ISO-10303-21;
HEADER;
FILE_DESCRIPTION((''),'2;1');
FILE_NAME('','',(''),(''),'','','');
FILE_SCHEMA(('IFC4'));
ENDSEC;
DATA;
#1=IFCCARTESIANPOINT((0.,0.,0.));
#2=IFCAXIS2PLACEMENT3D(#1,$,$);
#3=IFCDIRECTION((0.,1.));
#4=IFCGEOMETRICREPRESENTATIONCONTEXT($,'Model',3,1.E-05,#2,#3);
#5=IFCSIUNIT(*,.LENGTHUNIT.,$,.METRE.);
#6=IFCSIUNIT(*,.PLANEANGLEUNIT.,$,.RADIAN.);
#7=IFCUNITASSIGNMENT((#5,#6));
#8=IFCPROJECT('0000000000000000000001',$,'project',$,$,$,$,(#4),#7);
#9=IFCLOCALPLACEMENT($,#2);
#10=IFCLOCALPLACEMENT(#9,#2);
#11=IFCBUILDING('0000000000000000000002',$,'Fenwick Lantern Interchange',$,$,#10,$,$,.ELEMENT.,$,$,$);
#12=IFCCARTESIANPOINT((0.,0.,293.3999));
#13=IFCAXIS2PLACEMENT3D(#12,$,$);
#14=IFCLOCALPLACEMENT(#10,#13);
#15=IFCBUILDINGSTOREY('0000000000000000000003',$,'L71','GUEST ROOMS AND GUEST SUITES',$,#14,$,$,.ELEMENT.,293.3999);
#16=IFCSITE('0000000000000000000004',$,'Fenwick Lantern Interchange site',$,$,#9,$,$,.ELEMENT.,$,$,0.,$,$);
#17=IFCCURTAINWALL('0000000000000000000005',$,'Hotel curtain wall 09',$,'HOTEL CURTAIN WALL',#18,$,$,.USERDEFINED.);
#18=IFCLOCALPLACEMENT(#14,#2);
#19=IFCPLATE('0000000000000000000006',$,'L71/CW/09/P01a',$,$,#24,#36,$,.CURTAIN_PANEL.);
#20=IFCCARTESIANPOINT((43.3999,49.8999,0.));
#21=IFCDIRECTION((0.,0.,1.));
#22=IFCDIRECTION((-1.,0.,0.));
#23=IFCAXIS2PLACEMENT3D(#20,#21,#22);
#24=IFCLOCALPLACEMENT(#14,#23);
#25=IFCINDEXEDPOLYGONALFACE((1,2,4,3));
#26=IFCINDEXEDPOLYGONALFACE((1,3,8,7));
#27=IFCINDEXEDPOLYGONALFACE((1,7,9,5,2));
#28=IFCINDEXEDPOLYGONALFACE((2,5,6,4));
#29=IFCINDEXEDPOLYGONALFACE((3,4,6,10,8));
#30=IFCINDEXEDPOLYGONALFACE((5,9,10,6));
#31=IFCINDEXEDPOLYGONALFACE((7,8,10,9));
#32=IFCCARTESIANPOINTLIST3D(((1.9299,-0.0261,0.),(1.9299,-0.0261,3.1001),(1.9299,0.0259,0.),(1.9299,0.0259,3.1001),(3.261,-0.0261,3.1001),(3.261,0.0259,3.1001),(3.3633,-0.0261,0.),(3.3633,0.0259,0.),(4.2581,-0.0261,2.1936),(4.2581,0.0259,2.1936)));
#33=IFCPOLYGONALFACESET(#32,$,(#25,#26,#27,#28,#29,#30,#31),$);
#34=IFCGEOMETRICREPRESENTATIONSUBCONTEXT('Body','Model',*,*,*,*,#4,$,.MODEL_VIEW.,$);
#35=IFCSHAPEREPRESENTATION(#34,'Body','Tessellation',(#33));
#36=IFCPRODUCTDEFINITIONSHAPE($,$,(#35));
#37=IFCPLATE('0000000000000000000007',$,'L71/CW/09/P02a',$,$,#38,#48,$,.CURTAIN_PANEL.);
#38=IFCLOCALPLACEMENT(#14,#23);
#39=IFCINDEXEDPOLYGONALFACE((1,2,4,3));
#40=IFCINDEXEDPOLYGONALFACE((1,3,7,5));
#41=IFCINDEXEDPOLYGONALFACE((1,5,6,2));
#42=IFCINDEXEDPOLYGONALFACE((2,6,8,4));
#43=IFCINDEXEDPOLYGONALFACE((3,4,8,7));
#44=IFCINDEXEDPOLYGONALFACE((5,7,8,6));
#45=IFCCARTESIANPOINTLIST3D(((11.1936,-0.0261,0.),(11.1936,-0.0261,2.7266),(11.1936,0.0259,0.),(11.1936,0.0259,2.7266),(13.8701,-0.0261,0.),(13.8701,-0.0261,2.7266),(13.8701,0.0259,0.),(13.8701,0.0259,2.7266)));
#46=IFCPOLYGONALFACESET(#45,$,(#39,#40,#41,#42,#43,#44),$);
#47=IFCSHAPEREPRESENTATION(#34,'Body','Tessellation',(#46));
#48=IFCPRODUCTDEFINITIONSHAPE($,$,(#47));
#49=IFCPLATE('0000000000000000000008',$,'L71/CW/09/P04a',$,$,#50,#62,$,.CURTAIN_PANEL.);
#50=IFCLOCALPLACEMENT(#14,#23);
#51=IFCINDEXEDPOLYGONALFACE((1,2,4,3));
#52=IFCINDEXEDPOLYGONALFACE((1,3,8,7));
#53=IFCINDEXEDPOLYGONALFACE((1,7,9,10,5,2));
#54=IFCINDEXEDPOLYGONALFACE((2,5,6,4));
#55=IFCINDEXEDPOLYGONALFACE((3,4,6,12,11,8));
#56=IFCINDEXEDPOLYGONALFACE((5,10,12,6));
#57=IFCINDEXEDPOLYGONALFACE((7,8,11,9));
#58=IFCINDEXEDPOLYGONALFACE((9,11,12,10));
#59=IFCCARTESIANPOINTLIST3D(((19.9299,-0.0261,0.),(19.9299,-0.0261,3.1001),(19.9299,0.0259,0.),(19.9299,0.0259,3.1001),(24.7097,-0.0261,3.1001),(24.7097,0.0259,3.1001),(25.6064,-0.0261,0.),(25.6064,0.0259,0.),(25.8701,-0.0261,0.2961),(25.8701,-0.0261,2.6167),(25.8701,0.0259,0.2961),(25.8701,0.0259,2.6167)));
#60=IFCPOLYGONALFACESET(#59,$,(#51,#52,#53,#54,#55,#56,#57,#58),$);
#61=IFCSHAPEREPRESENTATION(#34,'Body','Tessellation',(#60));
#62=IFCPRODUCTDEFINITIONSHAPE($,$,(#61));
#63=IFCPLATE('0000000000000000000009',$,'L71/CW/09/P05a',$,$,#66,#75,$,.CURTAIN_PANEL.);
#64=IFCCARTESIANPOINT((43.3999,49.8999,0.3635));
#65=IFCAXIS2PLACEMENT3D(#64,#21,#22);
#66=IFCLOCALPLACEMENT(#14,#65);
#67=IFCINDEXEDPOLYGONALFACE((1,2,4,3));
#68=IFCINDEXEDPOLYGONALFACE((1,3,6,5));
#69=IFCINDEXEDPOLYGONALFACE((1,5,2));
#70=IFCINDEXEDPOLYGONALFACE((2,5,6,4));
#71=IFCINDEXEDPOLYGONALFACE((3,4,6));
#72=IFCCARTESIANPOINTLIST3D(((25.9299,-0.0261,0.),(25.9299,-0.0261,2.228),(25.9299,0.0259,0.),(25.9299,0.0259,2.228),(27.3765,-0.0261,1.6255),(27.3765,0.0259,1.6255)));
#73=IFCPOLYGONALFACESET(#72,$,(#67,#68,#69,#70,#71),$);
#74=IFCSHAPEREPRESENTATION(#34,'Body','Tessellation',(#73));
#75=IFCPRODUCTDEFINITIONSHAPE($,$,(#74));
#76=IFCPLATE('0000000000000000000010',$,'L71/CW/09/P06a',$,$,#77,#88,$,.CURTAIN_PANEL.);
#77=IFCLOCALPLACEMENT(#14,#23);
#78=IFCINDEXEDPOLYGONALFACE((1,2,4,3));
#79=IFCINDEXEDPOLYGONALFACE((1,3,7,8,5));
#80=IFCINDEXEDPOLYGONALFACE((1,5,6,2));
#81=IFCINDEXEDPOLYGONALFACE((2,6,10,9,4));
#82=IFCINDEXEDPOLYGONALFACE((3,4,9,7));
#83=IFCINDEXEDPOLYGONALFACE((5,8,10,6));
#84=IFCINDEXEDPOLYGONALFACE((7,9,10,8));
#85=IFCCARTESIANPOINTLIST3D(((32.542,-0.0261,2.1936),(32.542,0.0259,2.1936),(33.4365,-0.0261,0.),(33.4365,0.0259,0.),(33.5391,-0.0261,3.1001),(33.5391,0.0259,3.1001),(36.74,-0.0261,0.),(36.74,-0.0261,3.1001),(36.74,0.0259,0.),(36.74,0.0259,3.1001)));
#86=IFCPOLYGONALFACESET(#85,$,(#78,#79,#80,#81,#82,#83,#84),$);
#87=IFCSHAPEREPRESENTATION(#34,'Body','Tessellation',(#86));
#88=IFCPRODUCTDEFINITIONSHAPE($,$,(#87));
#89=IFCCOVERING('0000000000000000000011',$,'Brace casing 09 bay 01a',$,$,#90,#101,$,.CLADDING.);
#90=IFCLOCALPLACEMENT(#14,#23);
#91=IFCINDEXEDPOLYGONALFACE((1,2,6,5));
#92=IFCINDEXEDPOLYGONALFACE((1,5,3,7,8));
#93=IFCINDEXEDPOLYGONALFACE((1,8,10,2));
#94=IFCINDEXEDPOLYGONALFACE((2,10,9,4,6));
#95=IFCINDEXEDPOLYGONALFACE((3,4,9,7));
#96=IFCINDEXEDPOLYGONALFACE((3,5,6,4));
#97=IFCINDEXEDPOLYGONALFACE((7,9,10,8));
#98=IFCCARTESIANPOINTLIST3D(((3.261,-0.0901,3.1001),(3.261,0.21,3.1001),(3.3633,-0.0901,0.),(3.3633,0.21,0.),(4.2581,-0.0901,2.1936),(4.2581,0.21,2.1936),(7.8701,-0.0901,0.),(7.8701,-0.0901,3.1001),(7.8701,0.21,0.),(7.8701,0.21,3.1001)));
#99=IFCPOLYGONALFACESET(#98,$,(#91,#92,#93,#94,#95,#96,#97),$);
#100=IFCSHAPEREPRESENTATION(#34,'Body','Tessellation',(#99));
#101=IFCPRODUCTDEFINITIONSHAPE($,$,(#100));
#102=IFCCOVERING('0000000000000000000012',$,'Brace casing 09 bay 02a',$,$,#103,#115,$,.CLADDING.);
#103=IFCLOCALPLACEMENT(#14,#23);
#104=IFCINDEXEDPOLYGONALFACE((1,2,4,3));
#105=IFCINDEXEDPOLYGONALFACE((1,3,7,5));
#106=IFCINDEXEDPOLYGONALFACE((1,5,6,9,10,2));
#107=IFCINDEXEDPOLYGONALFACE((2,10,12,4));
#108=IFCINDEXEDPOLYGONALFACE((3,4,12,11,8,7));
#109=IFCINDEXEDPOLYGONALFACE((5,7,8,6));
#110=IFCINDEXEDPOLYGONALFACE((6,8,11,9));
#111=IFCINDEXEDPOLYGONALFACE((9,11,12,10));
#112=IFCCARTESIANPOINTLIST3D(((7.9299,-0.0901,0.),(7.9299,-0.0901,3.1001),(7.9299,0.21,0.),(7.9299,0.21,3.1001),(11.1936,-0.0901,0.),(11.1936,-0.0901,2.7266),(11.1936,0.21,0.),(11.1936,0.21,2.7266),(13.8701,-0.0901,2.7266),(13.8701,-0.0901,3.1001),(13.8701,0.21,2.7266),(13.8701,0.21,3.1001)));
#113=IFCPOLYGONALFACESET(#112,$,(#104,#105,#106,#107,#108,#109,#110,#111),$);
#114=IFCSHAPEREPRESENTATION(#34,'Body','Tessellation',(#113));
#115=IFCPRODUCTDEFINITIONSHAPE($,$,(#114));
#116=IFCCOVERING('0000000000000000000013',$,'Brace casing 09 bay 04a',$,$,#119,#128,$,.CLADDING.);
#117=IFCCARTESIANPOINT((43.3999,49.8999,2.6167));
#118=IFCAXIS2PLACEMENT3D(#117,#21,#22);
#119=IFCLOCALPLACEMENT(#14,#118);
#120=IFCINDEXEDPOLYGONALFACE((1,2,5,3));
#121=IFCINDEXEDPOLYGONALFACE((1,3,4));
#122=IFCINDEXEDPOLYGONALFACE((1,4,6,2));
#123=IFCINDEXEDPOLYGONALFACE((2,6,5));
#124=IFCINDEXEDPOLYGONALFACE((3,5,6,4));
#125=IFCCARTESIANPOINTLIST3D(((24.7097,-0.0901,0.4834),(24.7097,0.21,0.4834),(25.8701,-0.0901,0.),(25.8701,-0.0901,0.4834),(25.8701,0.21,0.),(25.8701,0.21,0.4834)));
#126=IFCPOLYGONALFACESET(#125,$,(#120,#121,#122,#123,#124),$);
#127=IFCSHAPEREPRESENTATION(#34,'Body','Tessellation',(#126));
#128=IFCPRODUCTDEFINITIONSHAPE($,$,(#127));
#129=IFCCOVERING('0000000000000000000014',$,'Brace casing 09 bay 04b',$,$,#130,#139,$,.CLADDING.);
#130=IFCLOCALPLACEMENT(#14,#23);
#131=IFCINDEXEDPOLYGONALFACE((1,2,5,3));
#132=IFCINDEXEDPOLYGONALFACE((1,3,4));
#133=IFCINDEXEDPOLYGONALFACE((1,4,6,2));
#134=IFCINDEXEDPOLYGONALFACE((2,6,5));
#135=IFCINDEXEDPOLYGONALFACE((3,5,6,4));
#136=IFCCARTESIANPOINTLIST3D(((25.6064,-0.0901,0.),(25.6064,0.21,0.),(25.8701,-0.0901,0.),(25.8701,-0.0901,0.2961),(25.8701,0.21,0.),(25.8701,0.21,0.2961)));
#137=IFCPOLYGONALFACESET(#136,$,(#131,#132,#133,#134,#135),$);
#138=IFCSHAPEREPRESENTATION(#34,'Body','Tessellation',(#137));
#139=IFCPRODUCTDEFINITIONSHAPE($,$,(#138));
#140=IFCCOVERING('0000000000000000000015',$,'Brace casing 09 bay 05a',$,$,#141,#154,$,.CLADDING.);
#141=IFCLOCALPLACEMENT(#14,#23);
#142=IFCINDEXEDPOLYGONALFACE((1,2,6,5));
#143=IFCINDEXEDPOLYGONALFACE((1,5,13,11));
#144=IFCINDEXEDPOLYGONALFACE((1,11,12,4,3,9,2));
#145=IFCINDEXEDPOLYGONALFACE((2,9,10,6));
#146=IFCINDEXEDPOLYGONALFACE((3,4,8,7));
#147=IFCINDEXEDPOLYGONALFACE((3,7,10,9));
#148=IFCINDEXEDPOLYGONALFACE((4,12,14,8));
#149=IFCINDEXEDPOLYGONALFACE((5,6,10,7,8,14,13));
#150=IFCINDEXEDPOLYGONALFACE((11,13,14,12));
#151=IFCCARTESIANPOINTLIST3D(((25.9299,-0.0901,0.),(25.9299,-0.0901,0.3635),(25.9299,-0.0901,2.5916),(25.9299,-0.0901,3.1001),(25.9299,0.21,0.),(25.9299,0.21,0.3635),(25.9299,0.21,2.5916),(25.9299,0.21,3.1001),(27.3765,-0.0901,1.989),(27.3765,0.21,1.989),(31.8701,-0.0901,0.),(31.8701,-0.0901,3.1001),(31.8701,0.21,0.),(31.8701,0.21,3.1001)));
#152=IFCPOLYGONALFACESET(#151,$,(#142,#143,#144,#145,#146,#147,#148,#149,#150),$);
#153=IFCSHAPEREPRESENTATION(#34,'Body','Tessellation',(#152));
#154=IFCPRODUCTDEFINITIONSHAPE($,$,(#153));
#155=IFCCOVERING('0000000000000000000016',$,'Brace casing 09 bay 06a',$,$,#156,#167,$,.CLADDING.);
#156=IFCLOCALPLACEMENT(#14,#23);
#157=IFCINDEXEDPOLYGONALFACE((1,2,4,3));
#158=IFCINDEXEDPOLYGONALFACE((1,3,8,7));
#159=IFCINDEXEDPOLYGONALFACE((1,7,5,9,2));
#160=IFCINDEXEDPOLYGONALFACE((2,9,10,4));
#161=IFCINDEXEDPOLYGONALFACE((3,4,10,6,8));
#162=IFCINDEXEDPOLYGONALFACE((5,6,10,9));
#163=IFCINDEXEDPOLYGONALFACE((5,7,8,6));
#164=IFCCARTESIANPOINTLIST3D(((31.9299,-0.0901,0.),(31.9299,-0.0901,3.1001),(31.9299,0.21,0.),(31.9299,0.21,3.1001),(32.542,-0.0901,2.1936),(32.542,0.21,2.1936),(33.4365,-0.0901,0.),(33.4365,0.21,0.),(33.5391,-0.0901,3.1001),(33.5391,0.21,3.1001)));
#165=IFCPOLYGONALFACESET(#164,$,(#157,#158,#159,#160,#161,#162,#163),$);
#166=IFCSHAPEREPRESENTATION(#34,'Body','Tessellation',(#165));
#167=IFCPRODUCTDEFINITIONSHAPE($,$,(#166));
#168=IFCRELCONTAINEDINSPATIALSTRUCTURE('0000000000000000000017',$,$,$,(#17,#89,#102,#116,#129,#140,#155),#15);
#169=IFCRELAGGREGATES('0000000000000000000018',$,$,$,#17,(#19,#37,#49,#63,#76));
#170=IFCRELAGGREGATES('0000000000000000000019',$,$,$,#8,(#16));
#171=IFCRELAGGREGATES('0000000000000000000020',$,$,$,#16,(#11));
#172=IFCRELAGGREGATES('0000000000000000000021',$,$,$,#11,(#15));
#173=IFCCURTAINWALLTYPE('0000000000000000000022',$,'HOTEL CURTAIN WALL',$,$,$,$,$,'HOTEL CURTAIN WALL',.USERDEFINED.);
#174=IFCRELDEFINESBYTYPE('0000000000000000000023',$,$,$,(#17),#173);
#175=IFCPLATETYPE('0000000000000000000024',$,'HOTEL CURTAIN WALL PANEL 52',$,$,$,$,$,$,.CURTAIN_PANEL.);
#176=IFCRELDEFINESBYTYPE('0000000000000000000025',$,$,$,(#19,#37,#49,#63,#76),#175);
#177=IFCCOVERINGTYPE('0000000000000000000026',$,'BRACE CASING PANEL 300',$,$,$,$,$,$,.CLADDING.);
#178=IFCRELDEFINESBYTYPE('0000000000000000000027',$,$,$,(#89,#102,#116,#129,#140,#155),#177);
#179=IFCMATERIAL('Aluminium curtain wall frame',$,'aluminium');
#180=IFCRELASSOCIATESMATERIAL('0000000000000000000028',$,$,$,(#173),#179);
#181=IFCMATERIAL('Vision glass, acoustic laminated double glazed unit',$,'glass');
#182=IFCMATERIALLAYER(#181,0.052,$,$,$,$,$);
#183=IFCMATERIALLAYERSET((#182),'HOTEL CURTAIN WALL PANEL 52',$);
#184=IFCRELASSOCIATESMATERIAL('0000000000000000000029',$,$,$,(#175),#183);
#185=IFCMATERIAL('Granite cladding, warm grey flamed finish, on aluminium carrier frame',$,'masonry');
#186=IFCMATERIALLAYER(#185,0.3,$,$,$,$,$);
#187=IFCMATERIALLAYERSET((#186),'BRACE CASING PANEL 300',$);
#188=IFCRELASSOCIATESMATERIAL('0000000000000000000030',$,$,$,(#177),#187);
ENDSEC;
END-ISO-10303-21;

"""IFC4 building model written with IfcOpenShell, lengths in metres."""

from ifc_helpers import new_model, si_unit, direction, frame, origin, place, context, subcontext, project, spatial, polyline, outline, extrude, material, layer, layer_set, type_object, element, aggregate, save


model = new_model("IFC4")

# Units and contexts
model_context = context("Model", 3, precision=1e-05, world=origin(), true_north=direction((0.0, 1.0)))
body_context = subcontext(model_context, "Body", "Model", "MODEL_VIEW")
ifc_project = project(units=[si_unit("LENGTHUNIT", "METRE"), si_unit("PLANEANGLEUNIT", "RADIAN")], contexts=[model_context])

# Site, building, storey
site_placement = place(None, origin())
site = spatial("IfcSite", under=ifc_project, at=site_placement, Name="Fenwick Lantern Interchange site", CompositionType="ELEMENT", RefElevation=0.0)
building_placement = place(site_placement, origin())
building = spatial("IfcBuilding", under=site, at=building_placement, Name="Fenwick Lantern Interchange", CompositionType="ELEMENT")
storey_placement = place(building_placement, frame((0.0, 0.0, 293.3999)))
storey = spatial("IfcBuildingStorey", under=building, at=storey_placement, Name="L71", Description="GUEST ROOMS AND GUEST SUITES", CompositionType="ELEMENT", Elevation=293.3999)

# Curtain wall
ifc_material_1 = material(Name="Aluminium curtain wall frame", Category="aluminium")
curtain_wall_type = type_object("IfcCurtainWallType", Name="HOTEL CURTAIN WALL", ElementType="HOTEL CURTAIN WALL", PredefinedType="USERDEFINED", material=ifc_material_1)
curtain_wall_1_placement = place(storey_placement, origin())
curtain_wall_1 = element("IfcCurtainWall", 1, at=curtain_wall_1_placement, inside=storey, type_object=curtain_wall_type, Name="Hotel curtain wall 09", ObjectType="HOTEL CURTAIN WALL", PredefinedType="USERDEFINED")

# Plates
ifc_material_2 = material(Name="Vision glass, acoustic laminated double glazed unit", Category="glass")
ifc_layer_1 = layer(ifc_material_2, 0.052)
ifc_layer_set_1 = layer_set([ifc_layer_1], Name="HOTEL CURTAIN WALL PANEL 52")
plate_type = type_object("IfcPlateType", Name="HOTEL CURTAIN WALL PANEL 52", PredefinedType="CURTAIN_PANEL", material=ifc_layer_set_1)
plate_1_placement = place(storey_placement, frame((43.3999, 49.8999, 0.0), z_axis=(0.0, 0.0, 1.0), x_axis=(-1.0, 0.0, 0.0)))
plate_1 = element("IfcPlate", 2, at=plate_1_placement, type_object=plate_type, Name="L71/CW/09/P01a", PredefinedType="CURTAIN_PANEL", context=body_context, shape_type="SweptSolid", body=[
    extrude(outline(polyline([(1.9299, 0.0), (3.3633, 0.0), (4.2581, 2.1936), (3.261, 3.1001), (1.9299, 3.1001), (1.9299, 0.0)])), frame((0.0, 0.0259, 0.0), z_axis=(0.0, -1.0, 0.0), x_axis=(1.0, 0.0, 0.0)), (0.0, 0.0, 1.0), 0.052),
])
plate_2_placement = place(storey_placement, frame((43.3999, 49.8999, 0.0), z_axis=(0.0, 0.0, 1.0), x_axis=(-1.0, 0.0, 0.0)))
plate_2 = element("IfcPlate", 3, at=plate_2_placement, type_object=plate_type, Name="L71/CW/09/P02a", PredefinedType="CURTAIN_PANEL", context=body_context, shape_type="SweptSolid", body=[
    extrude(outline(polyline([(11.1936, 0.0), (13.8701, 0.0), (13.8701, 2.7266), (11.1936, 2.7266), (11.1936, 0.0)])), frame((0.0, 0.0259, 0.0), z_axis=(0.0, -1.0, 0.0), x_axis=(1.0, 0.0, 0.0)), (0.0, 0.0, 1.0), 0.052),
])
plate_3_placement = place(storey_placement, frame((43.3999, 49.8999, 0.0), z_axis=(0.0, 0.0, 1.0), x_axis=(-1.0, 0.0, 0.0)))
plate_3 = element("IfcPlate", 4, at=plate_3_placement, type_object=plate_type, Name="L71/CW/09/P04a", PredefinedType="CURTAIN_PANEL", context=body_context, shape_type="SweptSolid", body=[
    extrude(outline(polyline([(19.9299, 0.0), (25.6064, 0.0), (25.8701, 0.2961), (25.8701, 2.6167), (24.7097, 3.1001), (19.9299, 3.1001), (19.9299, 0.0)])), frame((0.0, 0.0259, 0.0), z_axis=(0.0, -1.0, 0.0), x_axis=(1.0, 0.0, 0.0)), (0.0, 0.0, 1.0), 0.052),
])
plate_4_placement = place(storey_placement, frame((43.3999, 49.8999, 0.3635), z_axis=(0.0, 0.0, 1.0), x_axis=(-1.0, 0.0, 0.0)))
plate_4 = element("IfcPlate", 5, at=plate_4_placement, type_object=plate_type, Name="L71/CW/09/P05a", PredefinedType="CURTAIN_PANEL", context=body_context, shape_type="SweptSolid", body=[
    extrude(outline(polyline([(25.9299, 0.0), (27.3765, 1.6255), (25.9299, 2.228), (25.9299, 0.0)])), frame((0.0, 0.0259, 0.0), z_axis=(0.0, -1.0, 0.0), x_axis=(1.0, 0.0, 0.0)), (0.0, 0.0, 1.0), 0.052),
])
plate_5_placement = place(storey_placement, frame((43.3999, 49.8999, 0.0), z_axis=(0.0, 0.0, 1.0), x_axis=(-1.0, 0.0, 0.0)))
plate_5 = element("IfcPlate", 6, at=plate_5_placement, type_object=plate_type, Name="L71/CW/09/P06a", PredefinedType="CURTAIN_PANEL", context=body_context, shape_type="SweptSolid", body=[
    extrude(outline(polyline([(33.4365, 0.0), (36.74, 0.0), (36.74, 3.1001), (33.5391, 3.1001), (32.542, 2.1936), (33.4365, 0.0)])), frame((0.0, 0.0259, 0.0), z_axis=(0.0, -1.0, 0.0), x_axis=(1.0, 0.0, 0.0)), (0.0, 0.0, 1.0), 0.052),
])
aggregate(curtain_wall_1, [plate_1, plate_2, plate_3, plate_4, plate_5])

# Coverings
ifc_material_3 = material(Name="Granite cladding, warm grey flamed finish, on aluminium carrier frame", Category="masonry")
ifc_layer_2 = layer(ifc_material_3, 0.3)
ifc_layer_set_2 = layer_set([ifc_layer_2], Name="BRACE CASING PANEL 300")
covering_type = type_object("IfcCoveringType", Name="BRACE CASING PANEL 300", PredefinedType="CLADDING", material=ifc_layer_set_2)
covering_1_placement = place(storey_placement, frame((43.3999, 49.8999, 0.0), z_axis=(0.0, 0.0, 1.0), x_axis=(-1.0, 0.0, 0.0)))
element("IfcCovering", 7, at=covering_1_placement, inside=storey, type_object=covering_type, Name="Brace casing 09 bay 01a", PredefinedType="CLADDING", context=body_context, shape_type="SweptSolid", body=[
    extrude(outline(polyline([(3.3633, 0.0), (7.8701, 0.0), (7.8701, 3.1001), (3.261, 3.1001), (4.2581, 2.1936), (3.3633, 0.0)])), frame((0.0, 0.21, 0.0), z_axis=(0.0, -1.0, 0.0), x_axis=(1.0, 0.0, 0.0)), (0.0, 0.0, 1.0), 0.3),
])
covering_2_placement = place(storey_placement, frame((43.3999, 49.8999, 0.0), z_axis=(0.0, 0.0, 1.0), x_axis=(-1.0, 0.0, 0.0)))
element("IfcCovering", 8, at=covering_2_placement, inside=storey, type_object=covering_type, Name="Brace casing 09 bay 02a", PredefinedType="CLADDING", context=body_context, shape_type="SweptSolid", body=[
    extrude(outline(polyline([(7.9299, 0.0), (11.1936, 0.0), (11.1936, 2.7266), (13.8701, 2.7266), (13.8701, 3.1001), (7.9299, 3.1001), (7.9299, 0.0)])), frame((0.0, 0.21, 0.0), z_axis=(0.0, -1.0, 0.0), x_axis=(1.0, 0.0, 0.0)), (0.0, 0.0, 1.0), 0.3),
])
covering_3_placement = place(storey_placement, frame((43.3999, 49.8999, 2.6167), z_axis=(0.0, 0.0, 1.0), x_axis=(-1.0, 0.0, 0.0)))
element("IfcCovering", 9, at=covering_3_placement, inside=storey, type_object=covering_type, Name="Brace casing 09 bay 04a", PredefinedType="CLADDING", context=body_context, shape_type="SweptSolid", body=[
    extrude(outline(polyline([(25.8701, 0.0), (25.8701, 0.4834), (24.7097, 0.4834), (25.8701, 0.0)])), frame((0.0, 0.21, 0.0), z_axis=(0.0, -1.0, 0.0), x_axis=(1.0, 0.0, 0.0)), (0.0, 0.0, 1.0), 0.3),
])
covering_4_placement = place(storey_placement, frame((43.3999, 49.8999, 0.0), z_axis=(0.0, 0.0, 1.0), x_axis=(-1.0, 0.0, 0.0)))
element("IfcCovering", 10, at=covering_4_placement, inside=storey, type_object=covering_type, Name="Brace casing 09 bay 04b", PredefinedType="CLADDING", context=body_context, shape_type="SweptSolid", body=[
    extrude(outline(polyline([(25.6064, 0.0), (25.8701, 0.0), (25.8701, 0.2961), (25.6064, 0.0)])), frame((0.0, 0.21, 0.0), z_axis=(0.0, -1.0, 0.0), x_axis=(1.0, 0.0, 0.0)), (0.0, 0.0, 1.0), 0.3),
])
covering_5_placement = place(storey_placement, frame((43.3999, 49.8999, 0.0), z_axis=(0.0, 0.0, 1.0), x_axis=(-1.0, 0.0, 0.0)))
element("IfcCovering", 11, at=covering_5_placement, inside=storey, type_object=covering_type, Name="Brace casing 09 bay 05a", PredefinedType="CLADDING", context=body_context, shape_type="SweptSolid", body=[
    extrude(outline(polyline([(25.9299, 0.0), (31.8701, 0.0), (31.8701, 3.1001), (25.9299, 3.1001), (25.9299, 2.5916), (27.3765, 1.989), (25.9299, 0.3635), (25.9299, 0.0)])), frame((0.0, 0.21, 0.0), z_axis=(0.0, -1.0, 0.0), x_axis=(1.0, 0.0, 0.0)), (0.0, 0.0, 1.0), 0.3),
])
covering_6_placement = place(storey_placement, frame((43.3999, 49.8999, 0.0), z_axis=(0.0, 0.0, 1.0), x_axis=(-1.0, 0.0, 0.0)))
element("IfcCovering", 12, at=covering_6_placement, inside=storey, type_object=covering_type, Name="Brace casing 09 bay 06a", PredefinedType="CLADDING", context=body_context, shape_type="SweptSolid", body=[
    extrude(outline(polyline([(31.9299, 0.0), (33.4365, 0.0), (32.542, 2.1936), (33.5391, 3.1001), (31.9299, 3.1001), (31.9299, 0.0)])), frame((0.0, 0.21, 0.0), z_axis=(0.0, -1.0, 0.0), x_axis=(1.0, 0.0, 0.0)), (0.0, 0.0, 1.0), 0.3),
])

save(model, "model.ifc")
